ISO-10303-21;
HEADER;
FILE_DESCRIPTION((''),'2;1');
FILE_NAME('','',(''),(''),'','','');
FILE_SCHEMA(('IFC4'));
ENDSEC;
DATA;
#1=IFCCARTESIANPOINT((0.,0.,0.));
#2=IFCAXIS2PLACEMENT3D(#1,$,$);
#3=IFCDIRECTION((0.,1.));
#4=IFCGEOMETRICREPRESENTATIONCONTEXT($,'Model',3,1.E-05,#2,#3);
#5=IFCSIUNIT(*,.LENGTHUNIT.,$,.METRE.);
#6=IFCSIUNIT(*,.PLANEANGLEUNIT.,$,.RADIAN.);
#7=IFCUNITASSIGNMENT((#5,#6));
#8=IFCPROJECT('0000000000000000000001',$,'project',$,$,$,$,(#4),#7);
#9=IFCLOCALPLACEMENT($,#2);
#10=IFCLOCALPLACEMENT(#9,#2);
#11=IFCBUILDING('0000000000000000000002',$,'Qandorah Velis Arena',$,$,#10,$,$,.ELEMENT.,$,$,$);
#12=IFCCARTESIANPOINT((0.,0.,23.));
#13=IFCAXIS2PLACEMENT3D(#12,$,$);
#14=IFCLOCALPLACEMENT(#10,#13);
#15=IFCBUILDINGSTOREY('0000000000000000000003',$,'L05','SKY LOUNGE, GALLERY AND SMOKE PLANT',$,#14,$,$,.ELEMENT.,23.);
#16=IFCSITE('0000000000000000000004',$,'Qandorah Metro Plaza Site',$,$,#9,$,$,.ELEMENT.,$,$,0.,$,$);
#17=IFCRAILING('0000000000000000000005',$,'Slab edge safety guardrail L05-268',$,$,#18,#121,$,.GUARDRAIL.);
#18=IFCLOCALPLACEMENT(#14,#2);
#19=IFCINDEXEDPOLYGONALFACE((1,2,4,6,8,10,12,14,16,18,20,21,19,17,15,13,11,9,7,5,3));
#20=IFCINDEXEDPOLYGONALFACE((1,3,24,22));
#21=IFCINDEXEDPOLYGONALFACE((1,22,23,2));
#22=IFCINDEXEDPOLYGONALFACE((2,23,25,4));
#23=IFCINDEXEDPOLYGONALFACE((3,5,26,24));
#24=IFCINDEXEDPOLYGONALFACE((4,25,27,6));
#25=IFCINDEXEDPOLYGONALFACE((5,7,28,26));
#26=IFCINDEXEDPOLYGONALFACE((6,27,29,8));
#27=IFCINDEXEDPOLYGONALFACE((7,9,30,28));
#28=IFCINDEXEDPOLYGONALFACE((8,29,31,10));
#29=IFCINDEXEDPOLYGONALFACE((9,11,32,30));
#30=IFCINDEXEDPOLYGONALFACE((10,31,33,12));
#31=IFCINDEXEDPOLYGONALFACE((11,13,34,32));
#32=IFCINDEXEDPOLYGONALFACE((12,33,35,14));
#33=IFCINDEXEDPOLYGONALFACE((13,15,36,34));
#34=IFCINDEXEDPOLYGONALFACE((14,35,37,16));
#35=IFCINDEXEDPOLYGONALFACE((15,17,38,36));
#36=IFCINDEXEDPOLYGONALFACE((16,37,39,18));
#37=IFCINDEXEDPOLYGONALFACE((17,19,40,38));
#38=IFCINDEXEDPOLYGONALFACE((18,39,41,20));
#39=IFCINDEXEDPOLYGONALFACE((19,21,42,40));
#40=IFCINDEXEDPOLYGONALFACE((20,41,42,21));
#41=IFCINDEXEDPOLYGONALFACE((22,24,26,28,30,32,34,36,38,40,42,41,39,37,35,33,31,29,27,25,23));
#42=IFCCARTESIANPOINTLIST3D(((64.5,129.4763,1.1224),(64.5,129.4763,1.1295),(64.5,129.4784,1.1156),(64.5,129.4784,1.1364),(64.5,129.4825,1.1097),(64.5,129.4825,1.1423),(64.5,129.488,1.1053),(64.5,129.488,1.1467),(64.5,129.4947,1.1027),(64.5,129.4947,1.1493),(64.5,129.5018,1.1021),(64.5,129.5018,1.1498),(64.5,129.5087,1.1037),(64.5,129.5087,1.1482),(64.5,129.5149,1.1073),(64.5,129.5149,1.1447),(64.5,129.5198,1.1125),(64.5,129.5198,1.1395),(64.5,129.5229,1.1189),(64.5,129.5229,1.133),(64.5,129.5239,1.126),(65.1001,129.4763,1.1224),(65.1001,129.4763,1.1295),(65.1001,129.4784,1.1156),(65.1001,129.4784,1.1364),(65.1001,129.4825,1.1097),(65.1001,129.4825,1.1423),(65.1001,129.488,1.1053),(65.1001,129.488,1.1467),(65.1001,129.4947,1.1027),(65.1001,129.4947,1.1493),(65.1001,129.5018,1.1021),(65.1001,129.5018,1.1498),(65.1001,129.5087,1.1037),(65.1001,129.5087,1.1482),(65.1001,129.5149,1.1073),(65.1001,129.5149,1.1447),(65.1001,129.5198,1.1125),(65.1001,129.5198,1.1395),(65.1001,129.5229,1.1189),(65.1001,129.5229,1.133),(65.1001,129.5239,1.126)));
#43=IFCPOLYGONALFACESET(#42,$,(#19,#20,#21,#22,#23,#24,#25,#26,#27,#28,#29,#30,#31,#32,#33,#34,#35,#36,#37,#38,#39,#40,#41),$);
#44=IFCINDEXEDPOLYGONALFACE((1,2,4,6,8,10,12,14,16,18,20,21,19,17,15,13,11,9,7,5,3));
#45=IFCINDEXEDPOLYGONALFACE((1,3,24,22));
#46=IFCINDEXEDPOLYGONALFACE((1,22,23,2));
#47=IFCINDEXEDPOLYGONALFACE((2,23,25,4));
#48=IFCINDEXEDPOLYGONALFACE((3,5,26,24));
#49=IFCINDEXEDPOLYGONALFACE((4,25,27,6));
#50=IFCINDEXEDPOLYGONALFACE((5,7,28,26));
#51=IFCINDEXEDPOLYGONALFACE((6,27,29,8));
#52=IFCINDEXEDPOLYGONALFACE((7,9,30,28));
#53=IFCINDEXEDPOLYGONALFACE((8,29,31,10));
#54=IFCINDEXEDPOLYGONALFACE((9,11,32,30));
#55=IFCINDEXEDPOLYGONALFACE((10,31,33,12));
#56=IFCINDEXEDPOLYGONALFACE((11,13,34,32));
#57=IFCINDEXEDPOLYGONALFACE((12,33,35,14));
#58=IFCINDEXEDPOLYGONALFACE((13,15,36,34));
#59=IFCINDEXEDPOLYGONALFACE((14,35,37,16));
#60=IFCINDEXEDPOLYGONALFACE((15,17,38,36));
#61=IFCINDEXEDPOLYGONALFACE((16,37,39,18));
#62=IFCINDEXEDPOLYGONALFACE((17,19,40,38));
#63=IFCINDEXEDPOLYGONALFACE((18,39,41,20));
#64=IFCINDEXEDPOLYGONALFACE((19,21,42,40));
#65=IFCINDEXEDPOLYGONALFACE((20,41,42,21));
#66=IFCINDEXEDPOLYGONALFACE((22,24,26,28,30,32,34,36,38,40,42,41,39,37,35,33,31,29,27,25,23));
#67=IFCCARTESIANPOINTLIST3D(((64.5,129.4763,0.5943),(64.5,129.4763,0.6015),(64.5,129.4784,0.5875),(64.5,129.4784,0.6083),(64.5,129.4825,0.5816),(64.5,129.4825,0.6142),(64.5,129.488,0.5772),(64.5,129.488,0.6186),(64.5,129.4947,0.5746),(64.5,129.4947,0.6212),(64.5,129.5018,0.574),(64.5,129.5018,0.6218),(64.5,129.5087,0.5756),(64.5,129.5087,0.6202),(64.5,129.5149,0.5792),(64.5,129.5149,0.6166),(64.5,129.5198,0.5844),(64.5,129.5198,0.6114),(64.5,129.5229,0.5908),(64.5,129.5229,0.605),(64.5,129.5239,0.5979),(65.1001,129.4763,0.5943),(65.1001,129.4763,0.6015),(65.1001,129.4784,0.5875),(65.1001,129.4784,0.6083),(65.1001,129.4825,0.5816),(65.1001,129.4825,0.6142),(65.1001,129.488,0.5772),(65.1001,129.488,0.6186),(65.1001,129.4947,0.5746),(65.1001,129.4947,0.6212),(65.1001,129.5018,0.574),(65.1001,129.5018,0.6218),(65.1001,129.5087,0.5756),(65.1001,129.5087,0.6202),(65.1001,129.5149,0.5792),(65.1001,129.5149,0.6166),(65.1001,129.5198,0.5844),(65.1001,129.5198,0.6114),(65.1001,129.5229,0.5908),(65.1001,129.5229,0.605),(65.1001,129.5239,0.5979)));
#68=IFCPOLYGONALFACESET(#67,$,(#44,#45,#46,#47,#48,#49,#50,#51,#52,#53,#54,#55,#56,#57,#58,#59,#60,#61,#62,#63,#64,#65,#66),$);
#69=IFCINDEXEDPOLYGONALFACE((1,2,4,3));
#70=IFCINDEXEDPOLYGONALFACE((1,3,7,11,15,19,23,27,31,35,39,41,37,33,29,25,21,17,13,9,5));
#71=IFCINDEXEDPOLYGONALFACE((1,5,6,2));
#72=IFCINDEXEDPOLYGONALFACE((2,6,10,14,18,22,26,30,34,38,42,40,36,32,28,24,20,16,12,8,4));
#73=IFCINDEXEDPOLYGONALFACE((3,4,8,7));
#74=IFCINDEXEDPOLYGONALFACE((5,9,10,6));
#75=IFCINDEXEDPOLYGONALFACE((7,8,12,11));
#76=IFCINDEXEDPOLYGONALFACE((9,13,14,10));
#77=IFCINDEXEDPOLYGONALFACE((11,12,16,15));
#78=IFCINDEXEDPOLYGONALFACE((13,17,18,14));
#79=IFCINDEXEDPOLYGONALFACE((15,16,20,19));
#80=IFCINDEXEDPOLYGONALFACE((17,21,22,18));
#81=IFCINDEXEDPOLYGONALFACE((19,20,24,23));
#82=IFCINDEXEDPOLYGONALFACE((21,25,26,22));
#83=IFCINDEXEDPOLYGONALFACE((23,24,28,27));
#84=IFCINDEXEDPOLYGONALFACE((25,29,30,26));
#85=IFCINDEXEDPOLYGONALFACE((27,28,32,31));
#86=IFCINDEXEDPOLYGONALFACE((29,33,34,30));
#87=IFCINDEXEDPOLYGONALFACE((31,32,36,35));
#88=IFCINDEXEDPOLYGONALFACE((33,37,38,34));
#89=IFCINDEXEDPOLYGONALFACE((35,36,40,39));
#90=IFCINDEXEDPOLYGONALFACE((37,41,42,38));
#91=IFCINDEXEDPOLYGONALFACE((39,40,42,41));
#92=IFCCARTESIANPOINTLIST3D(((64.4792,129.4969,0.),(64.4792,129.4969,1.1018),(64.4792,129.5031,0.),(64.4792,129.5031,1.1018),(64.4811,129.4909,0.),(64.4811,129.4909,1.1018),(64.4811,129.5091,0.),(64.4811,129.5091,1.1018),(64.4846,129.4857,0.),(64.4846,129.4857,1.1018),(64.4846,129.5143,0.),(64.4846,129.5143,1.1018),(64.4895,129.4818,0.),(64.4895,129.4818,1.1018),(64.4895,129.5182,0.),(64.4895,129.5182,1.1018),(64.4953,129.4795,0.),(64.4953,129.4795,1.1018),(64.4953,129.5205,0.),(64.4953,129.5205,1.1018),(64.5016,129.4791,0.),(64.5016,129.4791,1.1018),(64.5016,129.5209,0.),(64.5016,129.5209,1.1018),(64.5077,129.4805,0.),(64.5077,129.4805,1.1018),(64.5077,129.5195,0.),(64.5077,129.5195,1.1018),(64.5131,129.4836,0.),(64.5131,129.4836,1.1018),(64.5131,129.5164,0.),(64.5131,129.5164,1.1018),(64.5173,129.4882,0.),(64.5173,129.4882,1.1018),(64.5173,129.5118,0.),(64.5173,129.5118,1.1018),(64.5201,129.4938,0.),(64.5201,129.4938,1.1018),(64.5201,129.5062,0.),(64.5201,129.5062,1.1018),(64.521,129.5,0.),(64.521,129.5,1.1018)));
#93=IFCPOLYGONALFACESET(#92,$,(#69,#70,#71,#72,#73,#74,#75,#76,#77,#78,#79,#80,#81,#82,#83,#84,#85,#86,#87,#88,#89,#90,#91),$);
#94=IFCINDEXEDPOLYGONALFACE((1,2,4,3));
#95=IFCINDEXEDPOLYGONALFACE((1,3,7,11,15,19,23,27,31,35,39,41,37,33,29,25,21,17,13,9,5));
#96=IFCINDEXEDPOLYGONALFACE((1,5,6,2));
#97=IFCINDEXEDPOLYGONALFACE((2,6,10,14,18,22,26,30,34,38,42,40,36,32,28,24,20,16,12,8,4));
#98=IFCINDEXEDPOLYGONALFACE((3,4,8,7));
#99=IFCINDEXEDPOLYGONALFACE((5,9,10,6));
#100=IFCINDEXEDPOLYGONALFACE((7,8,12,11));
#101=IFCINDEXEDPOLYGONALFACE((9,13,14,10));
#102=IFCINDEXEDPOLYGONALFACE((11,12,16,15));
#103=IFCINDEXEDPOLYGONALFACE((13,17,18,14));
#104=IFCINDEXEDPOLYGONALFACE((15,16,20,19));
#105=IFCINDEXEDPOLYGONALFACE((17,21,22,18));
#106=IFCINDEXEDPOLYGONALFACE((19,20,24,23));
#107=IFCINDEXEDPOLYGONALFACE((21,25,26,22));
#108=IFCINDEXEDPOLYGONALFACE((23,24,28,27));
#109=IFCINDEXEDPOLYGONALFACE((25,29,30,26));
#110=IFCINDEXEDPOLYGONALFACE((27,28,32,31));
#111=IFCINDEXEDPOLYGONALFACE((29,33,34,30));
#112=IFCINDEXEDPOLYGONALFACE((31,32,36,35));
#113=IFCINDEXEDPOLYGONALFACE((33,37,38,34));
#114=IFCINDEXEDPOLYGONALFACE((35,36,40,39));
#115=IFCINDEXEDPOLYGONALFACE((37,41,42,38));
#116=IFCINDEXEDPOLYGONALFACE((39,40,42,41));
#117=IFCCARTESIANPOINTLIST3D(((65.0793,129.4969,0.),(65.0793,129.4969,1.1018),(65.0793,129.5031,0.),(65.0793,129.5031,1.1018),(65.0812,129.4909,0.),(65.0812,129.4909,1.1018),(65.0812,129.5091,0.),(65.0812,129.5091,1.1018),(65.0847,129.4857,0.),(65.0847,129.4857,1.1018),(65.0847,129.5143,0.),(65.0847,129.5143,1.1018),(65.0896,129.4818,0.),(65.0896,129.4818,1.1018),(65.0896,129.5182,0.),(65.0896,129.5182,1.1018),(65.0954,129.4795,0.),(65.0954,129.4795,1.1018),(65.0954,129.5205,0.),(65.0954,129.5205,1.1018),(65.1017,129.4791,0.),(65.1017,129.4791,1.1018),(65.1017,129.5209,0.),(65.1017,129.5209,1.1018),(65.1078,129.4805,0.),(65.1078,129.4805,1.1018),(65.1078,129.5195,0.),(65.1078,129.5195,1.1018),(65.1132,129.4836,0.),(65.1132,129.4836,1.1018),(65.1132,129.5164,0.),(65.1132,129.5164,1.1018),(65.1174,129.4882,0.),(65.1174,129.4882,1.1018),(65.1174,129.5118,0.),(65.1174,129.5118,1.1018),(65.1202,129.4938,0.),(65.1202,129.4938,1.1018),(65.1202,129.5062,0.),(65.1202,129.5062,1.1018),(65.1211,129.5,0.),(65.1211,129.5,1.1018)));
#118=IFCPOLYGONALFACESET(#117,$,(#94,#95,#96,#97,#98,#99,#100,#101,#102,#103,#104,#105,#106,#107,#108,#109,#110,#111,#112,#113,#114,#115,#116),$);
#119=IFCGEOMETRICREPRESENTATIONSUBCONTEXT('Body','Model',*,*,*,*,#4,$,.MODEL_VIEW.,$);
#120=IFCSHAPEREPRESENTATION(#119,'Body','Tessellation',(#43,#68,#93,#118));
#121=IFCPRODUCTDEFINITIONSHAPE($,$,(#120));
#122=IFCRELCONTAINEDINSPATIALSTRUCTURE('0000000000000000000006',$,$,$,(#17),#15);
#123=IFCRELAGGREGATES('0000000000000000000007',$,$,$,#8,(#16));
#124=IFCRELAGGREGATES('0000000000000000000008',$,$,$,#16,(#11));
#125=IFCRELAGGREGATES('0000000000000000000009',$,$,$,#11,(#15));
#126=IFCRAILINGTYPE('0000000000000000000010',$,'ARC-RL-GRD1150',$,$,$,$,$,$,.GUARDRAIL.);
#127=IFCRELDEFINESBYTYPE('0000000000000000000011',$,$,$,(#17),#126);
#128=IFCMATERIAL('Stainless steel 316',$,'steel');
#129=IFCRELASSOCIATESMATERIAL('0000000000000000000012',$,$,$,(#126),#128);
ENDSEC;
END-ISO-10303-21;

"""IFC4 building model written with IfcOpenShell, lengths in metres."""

from ifc_helpers import new_model, si_unit, direction, frame, origin, origin_2d, place, context, subcontext, project, spatial, circle, extrude, material, type_object, element, save


model = new_model("IFC4")

# Units and contexts
model_context = context("Model", 3, precision=1e-05, world=origin(), true_north=direction((0.0, 1.0)))
body_context = subcontext(model_context, "Body", "Model", "MODEL_VIEW")
ifc_project = project(units=[si_unit("LENGTHUNIT", "METRE"), si_unit("PLANEANGLEUNIT", "RADIAN")], contexts=[model_context])

# Site, building, storey
site_placement = place(None, origin())
site = spatial("IfcSite", under=ifc_project, at=site_placement, Name="Qandorah Metro Plaza Site", CompositionType="ELEMENT", RefElevation=0.0)
building_placement = place(site_placement, origin())
building = spatial("IfcBuilding", under=site, at=building_placement, Name="Qandorah Velis Arena", CompositionType="ELEMENT")
storey_placement = place(building_placement, frame((0.0, 0.0, 23.0)))
storey = spatial("IfcBuildingStorey", under=building, at=storey_placement, Name="L05", Description="SKY LOUNGE, GALLERY AND SMOKE PLANT", CompositionType="ELEMENT", Elevation=23.0)

# Railing
ifc_material_1 = material(Name="Stainless steel 316", Category="steel")
railing_type = type_object("IfcRailingType", Name="ARC-RL-GRD1150", PredefinedType="GUARDRAIL", material=ifc_material_1)
railing_placement = place(storey_placement, frame((64.5, 129.5, 0.0)))
element("IfcRailing", 1, at=railing_placement, inside=storey, type_object=railing_type, Name="Slab edge safety guardrail L05-268", PredefinedType="GUARDRAIL", context=body_context, shape_type="SweptSolid", body=[
    extrude(circle(Radius=0.0239, at=origin_2d()), frame((0.0, 0.0, 1.126), z_axis=(1.0, 0.0, 0.0), x_axis=(0.0, 1.0, 0.0)), (0.0, 0.0, 1.0), 0.6001),
    extrude(circle(Radius=0.0239, at=origin_2d()), frame((0.0, 0.0, 0.5979), z_axis=(1.0, 0.0, 0.0), x_axis=(0.0, 1.0, 0.0)), (0.0, 0.0, 1.0), 0.6001),
    extrude(circle(Radius=0.021, at=origin_2d()), origin(), (0.0, 0.0, 1.0), 1.1018),
    extrude(circle(Radius=0.021, at=origin_2d()), frame((0.6001, 0.0, 0.0)), (0.0, 0.0, 1.0), 1.1018),
])

save(model, "model.ifc")
